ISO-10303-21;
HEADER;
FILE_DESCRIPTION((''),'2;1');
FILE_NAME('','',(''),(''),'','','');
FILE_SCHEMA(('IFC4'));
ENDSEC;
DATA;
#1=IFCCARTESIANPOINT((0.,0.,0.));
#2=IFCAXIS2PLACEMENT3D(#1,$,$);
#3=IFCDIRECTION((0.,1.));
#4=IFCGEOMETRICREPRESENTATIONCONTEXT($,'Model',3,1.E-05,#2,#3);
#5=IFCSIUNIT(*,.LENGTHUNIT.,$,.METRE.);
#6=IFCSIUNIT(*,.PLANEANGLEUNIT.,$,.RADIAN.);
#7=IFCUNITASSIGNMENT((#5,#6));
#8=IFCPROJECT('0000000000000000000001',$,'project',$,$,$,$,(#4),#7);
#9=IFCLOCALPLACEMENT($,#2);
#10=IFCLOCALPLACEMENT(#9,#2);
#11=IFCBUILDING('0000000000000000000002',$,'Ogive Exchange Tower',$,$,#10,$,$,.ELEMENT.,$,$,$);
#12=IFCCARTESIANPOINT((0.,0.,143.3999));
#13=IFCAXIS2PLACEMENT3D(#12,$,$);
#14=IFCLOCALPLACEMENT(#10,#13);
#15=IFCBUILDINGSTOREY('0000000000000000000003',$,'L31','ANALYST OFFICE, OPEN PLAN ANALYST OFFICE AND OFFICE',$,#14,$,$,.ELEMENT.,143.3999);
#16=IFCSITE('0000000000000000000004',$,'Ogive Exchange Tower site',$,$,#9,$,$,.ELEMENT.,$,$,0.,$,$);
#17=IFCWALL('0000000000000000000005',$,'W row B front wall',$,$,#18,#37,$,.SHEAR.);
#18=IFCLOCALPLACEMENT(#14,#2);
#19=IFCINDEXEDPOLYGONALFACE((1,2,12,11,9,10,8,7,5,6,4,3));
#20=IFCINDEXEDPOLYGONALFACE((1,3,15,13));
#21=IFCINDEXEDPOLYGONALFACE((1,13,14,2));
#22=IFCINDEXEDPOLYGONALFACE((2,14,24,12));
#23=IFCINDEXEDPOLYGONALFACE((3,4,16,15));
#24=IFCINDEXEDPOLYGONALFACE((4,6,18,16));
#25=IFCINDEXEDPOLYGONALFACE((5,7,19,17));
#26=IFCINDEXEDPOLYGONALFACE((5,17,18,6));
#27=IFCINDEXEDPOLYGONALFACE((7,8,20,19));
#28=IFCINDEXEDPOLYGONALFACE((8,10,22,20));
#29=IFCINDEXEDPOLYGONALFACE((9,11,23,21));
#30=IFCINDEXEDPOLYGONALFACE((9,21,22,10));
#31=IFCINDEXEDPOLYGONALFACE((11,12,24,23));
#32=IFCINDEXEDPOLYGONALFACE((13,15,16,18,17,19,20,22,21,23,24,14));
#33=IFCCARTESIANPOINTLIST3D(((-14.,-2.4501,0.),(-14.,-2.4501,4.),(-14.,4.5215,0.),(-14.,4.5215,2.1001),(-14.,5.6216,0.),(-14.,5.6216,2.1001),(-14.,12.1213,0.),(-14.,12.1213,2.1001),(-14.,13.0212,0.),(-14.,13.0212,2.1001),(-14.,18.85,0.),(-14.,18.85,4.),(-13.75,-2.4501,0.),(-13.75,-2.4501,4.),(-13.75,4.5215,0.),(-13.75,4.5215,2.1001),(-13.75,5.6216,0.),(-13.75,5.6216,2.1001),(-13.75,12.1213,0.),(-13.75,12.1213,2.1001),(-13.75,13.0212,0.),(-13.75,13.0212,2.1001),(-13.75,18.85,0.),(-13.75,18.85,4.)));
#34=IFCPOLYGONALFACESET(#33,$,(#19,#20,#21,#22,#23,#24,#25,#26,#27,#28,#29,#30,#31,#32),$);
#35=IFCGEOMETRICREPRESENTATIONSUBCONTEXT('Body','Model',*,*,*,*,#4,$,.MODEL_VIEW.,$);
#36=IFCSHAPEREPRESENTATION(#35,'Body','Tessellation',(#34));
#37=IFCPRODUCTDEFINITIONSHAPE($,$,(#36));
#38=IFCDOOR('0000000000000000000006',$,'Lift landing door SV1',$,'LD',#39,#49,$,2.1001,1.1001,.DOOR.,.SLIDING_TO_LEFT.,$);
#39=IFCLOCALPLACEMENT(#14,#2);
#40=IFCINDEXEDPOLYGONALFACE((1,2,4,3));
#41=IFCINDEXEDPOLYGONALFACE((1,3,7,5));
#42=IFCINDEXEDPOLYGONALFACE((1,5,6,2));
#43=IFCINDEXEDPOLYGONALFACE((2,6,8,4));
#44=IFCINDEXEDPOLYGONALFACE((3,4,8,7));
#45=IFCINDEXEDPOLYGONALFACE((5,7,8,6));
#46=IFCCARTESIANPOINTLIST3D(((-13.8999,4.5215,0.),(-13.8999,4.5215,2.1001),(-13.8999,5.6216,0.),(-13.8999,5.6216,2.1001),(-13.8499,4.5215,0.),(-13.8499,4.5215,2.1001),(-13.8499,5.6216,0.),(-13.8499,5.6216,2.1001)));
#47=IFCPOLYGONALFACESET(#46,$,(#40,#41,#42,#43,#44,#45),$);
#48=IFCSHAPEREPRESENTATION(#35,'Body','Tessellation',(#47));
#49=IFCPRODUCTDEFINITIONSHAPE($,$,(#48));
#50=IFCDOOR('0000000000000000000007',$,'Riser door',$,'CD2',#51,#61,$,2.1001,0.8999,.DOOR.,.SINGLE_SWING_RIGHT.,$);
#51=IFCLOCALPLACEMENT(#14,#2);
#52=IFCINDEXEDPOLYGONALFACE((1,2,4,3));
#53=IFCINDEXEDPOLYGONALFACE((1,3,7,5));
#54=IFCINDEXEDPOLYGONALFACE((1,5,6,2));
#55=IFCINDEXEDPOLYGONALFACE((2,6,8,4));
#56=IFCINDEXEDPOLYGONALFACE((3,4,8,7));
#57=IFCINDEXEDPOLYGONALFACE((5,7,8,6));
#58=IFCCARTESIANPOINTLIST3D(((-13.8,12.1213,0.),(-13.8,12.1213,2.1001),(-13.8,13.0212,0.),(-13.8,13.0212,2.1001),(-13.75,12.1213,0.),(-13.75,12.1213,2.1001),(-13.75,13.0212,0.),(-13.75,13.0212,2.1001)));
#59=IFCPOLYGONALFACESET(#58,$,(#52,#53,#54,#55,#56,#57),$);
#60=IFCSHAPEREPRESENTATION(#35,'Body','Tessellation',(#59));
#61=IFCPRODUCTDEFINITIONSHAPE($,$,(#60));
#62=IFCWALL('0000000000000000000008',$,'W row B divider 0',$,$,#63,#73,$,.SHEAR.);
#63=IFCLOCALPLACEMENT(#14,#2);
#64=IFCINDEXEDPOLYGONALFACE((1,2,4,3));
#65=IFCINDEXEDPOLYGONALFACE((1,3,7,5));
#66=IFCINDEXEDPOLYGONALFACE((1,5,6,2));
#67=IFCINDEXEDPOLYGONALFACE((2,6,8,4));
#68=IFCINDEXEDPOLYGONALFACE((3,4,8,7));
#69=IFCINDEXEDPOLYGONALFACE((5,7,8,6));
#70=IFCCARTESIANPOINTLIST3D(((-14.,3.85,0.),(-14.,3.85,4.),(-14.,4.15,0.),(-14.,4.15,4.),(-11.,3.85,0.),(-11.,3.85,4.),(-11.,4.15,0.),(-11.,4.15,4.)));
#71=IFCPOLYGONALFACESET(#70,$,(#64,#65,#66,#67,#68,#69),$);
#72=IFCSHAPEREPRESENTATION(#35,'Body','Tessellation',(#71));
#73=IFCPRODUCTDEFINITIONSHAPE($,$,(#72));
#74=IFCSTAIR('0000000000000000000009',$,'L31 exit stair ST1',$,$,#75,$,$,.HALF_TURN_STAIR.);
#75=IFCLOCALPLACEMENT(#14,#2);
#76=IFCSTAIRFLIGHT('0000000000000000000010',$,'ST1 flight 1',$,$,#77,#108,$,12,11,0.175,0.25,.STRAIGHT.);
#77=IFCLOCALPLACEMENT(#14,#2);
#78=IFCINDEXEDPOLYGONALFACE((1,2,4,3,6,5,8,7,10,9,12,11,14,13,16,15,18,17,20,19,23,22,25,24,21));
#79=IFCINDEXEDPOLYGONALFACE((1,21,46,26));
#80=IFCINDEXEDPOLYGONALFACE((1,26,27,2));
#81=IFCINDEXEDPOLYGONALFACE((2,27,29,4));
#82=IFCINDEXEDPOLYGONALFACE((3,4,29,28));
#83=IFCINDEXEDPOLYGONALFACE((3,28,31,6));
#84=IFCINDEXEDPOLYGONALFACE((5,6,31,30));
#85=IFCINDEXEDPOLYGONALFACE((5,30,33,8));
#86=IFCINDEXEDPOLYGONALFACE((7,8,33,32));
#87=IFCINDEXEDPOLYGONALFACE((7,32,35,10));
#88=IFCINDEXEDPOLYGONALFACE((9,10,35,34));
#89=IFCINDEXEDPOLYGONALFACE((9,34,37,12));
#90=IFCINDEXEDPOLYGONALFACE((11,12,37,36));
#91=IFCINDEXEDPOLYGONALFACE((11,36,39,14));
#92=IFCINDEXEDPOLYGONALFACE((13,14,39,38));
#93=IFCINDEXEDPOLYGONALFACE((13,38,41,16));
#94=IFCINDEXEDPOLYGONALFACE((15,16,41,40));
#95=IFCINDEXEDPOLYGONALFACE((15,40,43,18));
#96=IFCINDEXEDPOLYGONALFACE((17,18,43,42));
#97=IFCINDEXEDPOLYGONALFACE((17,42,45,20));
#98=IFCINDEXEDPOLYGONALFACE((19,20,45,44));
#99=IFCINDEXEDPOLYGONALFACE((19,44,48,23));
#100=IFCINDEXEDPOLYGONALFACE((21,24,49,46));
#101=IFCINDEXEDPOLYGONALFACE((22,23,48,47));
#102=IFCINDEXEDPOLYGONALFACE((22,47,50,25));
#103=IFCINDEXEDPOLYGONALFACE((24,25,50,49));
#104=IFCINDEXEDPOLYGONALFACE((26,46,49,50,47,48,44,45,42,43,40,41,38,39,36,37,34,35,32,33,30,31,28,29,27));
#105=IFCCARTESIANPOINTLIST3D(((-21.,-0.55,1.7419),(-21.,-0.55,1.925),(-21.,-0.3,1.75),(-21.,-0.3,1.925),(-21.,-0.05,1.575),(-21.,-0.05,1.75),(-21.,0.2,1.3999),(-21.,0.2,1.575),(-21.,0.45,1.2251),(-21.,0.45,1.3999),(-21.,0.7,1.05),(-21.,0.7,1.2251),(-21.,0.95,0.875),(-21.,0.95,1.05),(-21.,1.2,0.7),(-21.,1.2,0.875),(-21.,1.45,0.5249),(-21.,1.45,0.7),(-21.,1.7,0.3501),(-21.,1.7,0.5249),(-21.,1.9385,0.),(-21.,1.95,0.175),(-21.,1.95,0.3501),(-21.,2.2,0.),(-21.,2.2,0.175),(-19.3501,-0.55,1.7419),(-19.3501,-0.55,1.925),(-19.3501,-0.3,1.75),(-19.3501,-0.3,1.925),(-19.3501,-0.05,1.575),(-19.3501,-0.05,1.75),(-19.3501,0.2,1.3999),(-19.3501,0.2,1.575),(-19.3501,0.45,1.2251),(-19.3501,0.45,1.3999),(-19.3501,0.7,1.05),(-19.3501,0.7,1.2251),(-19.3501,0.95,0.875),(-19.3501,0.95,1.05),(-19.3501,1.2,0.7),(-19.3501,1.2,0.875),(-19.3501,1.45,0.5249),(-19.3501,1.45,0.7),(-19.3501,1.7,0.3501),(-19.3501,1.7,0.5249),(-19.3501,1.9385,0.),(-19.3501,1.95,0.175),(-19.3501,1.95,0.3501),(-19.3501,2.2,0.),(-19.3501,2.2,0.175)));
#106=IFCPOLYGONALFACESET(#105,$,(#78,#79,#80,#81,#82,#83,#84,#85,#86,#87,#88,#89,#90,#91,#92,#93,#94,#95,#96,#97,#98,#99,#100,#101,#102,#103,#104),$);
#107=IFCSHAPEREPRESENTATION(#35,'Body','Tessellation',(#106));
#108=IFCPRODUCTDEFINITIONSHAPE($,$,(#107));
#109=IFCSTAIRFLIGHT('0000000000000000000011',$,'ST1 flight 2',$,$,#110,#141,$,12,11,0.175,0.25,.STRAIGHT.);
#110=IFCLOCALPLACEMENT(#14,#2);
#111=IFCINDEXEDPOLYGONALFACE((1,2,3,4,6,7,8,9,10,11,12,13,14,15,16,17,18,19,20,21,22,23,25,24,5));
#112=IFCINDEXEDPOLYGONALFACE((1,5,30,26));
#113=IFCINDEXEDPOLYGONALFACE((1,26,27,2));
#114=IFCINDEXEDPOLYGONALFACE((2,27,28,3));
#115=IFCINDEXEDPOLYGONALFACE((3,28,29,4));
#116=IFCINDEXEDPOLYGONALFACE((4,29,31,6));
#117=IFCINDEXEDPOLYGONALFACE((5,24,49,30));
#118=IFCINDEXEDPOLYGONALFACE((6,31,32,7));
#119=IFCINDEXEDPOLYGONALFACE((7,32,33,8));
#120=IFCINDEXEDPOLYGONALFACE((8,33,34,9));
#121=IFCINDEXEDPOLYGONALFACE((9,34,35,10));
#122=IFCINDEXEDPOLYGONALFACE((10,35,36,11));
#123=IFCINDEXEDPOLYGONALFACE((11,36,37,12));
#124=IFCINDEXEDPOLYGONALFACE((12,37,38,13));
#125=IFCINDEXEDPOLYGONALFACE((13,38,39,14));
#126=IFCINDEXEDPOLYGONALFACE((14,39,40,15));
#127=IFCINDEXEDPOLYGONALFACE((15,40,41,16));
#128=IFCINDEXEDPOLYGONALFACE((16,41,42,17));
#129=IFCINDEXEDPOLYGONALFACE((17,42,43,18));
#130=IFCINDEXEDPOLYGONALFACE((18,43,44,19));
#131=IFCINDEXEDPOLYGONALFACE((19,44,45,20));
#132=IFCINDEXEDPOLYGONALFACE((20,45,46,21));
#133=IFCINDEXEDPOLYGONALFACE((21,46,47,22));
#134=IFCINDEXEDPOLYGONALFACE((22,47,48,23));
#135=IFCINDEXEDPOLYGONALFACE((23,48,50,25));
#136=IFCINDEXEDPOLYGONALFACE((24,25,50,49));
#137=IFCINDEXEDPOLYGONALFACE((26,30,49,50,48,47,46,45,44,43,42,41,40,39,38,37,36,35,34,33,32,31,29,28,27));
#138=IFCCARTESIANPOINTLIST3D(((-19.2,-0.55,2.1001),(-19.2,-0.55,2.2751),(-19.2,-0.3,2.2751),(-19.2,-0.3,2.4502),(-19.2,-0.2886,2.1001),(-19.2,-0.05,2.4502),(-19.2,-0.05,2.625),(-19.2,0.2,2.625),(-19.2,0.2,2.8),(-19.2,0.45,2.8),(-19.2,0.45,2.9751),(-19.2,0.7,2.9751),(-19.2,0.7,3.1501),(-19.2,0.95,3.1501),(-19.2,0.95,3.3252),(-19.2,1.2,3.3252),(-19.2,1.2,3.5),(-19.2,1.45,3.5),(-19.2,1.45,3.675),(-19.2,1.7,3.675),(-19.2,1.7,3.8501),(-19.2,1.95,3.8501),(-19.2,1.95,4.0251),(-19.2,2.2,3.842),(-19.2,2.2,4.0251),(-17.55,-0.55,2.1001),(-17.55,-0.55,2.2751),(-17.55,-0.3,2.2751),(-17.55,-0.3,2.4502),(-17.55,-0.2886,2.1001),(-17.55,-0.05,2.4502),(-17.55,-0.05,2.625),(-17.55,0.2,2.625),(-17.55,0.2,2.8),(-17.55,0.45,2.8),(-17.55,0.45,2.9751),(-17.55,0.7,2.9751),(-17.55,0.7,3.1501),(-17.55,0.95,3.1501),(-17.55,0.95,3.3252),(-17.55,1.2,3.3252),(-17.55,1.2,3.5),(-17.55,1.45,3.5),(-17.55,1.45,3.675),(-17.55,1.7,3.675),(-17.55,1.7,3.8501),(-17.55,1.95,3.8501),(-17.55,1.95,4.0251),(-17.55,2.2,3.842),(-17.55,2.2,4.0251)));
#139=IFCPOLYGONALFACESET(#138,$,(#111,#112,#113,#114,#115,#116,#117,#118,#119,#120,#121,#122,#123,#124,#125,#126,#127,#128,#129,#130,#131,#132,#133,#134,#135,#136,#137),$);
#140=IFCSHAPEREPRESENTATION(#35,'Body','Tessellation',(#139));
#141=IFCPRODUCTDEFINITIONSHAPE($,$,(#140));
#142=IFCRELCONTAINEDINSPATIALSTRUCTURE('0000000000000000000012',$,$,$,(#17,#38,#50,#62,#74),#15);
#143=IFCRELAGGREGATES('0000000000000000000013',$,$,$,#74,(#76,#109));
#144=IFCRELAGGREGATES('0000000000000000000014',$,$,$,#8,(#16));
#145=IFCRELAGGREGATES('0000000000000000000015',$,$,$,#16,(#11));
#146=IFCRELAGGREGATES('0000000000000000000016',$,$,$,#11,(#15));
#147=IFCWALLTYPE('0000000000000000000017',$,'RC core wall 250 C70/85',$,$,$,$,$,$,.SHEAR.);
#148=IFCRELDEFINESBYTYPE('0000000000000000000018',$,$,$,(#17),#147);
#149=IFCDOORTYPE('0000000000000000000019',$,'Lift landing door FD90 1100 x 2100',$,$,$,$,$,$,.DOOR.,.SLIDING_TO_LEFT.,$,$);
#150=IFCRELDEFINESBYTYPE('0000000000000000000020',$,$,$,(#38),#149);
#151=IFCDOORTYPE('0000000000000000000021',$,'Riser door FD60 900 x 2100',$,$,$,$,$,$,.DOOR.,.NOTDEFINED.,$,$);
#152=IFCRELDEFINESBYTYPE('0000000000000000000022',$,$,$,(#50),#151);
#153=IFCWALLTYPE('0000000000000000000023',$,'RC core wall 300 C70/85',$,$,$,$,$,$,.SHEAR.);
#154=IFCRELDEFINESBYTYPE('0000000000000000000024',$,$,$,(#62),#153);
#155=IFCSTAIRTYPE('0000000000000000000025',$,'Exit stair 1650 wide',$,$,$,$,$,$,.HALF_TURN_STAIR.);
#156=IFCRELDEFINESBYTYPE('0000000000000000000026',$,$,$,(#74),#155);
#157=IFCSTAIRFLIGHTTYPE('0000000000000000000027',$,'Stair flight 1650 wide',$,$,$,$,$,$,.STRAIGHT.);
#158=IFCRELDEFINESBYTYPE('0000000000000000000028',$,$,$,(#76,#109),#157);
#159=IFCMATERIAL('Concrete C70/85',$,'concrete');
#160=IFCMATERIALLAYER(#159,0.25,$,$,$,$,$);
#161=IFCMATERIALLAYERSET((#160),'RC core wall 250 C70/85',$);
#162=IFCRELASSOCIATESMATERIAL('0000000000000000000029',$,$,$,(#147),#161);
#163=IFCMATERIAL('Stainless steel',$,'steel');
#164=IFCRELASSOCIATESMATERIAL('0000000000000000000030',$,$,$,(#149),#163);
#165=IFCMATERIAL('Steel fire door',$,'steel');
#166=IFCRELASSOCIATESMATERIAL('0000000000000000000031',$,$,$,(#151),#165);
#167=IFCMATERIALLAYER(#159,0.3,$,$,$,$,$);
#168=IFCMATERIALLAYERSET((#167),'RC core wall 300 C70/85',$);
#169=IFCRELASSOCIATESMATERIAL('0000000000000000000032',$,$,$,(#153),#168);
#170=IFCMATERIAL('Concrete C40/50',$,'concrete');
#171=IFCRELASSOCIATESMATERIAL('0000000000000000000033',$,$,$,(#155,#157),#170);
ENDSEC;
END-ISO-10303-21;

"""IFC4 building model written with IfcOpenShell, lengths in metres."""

from ifc_helpers import new_model, si_unit, direction, frame, frame_2d, origin, place, context, subcontext, project, spatial, polyline, rectangle, outline, extrude, material, layer, layer_set, type_object, element, fill, aggregate, save


model = new_model("IFC4")

# Units and contexts
model_context = context("Model", 3, precision=1e-05, world=origin(), true_north=direction((0.0, 1.0)))
body_context = subcontext(model_context, "Body", "Model", "MODEL_VIEW")
ifc_project = project(units=[si_unit("LENGTHUNIT", "METRE"), si_unit("PLANEANGLEUNIT", "RADIAN")], contexts=[model_context])

# Site, building, storey
site_placement = place(None, origin())
site = spatial("IfcSite", under=ifc_project, at=site_placement, Name="Ogive Exchange Tower site", CompositionType="ELEMENT", RefElevation=0.0)
building_placement = place(site_placement, origin())
building = spatial("IfcBuilding", under=site, at=building_placement, Name="Ogive Exchange Tower", CompositionType="ELEMENT")
storey_placement = place(building_placement, frame((0.0, 0.0, 143.3999)))
storey = spatial("IfcBuildingStorey", under=building, at=storey_placement, Name="L31", Description="ANALYST OFFICE, OPEN PLAN ANALYST OFFICE AND OFFICE", CompositionType="ELEMENT", Elevation=143.3999)

# Shared definitions
ifc_material_1 = material(Name="Concrete C70/85", Category="concrete")
ifc_layer_1 = layer(ifc_material_1, 0.25)
ifc_layer_set_1 = layer_set([ifc_layer_1], Name="RC core wall 250 C70/85")
wall_type_1 = type_object("IfcWallType", Name="RC core wall 250 C70/85", PredefinedType="SHEAR", material=ifc_layer_set_1)
ifc_material_2 = material(Name="Steel fire door", Category="steel")

# Wall, openings, doors
ifc_material_3 = material(Name="Stainless steel", Category="steel")
door_type_1 = type_object("IfcDoorType", Name="Lift landing door FD90 1100 x 2100", OperationType="SLIDING_TO_LEFT", PredefinedType="DOOR", material=ifc_material_3)
wall_1_placement = place(storey_placement, frame((-13.875, -2.45, 0.0), z_axis=(0.0, 0.0, 1.0), x_axis=(0.0, 1.0, 0.0)))
wall_1 = element("IfcWall", 1, at=wall_1_placement, inside=storey, type_object=wall_type_1, Name="W row B front wall", PredefinedType="SHEAR", context=body_context, shape_type="SweptSolid", body=[
    extrude(rectangle(XDim=21.3, YDim=0.25, at=frame_2d((10.6499, 0.0))), origin(), (0.0, 0.0, 1.0), 4.0),
])
opening_1_placement = place(wall_1_placement, frame((14.5713, 0.0, 0.0)))
opening_1 = element("IfcOpeningElement", 2, at=opening_1_placement, cuts=wall_1, PredefinedType="OPENING", context=body_context, shape_type="SweptSolid", body=[
    extrude(rectangle(XDim=0.8999, YDim=2.1001, at=frame_2d((0.45, 1.05))), frame((0.0, 0.135, 0.0), z_axis=(0.0, -1.0, 0.0), x_axis=(1.0, 0.0, 0.0)), (0.0, 0.0, 1.0), 0.27),
])
opening_2_placement = place(wall_1_placement, frame((6.9714, 0.0, 0.0)))
opening_2 = element("IfcOpeningElement", 3, at=opening_2_placement, cuts=wall_1, PredefinedType="OPENING", context=body_context, shape_type="SweptSolid", body=[
    extrude(rectangle(XDim=1.1001, YDim=2.1001, at=frame_2d((0.55, 1.05))), frame((0.0, 0.135, 0.0), z_axis=(0.0, -1.0, 0.0), x_axis=(1.0, 0.0, 0.0)), (0.0, 0.0, 1.0), 0.27),
])
door_1_placement = place(opening_2_placement, origin())
door_1 = element("IfcDoor", 4, at=door_1_placement, inside=storey, type_object=door_type_1, Name="Lift landing door SV1", ObjectType="LD", OperationType="SLIDING_TO_LEFT", OverallHeight=2.1001, OverallWidth=1.1001, PredefinedType="DOOR", context=body_context, shape_type="SweptSolid", body=[
    extrude(rectangle(XDim=1.1001, YDim=2.1001, at=frame_2d((0.55, 1.05))), frame((0.0, 0.0249, 0.0), z_axis=(0.0, -1.0, 0.0), x_axis=(1.0, 0.0, 0.0)), (0.0, 0.0, 1.0), 0.05),
])
fill(opening_2, door_1)
door_type_2 = type_object("IfcDoorType", Name="Riser door FD60 900 x 2100", OperationType="NOTDEFINED", PredefinedType="DOOR", material=ifc_material_2)
door_2_placement = place(opening_1_placement, frame((0.8999, -0.2002, 0.0), z_axis=(0.0, 0.0, 1.0), x_axis=(-1.0, 0.0, 0.0)))
door_2 = element("IfcDoor", 5, at=door_2_placement, inside=storey, type_object=door_type_2, Name="Riser door", ObjectType="CD2", OperationType="SINGLE_SWING_RIGHT", OverallHeight=2.1001, OverallWidth=0.8999, PredefinedType="DOOR", context=body_context, shape_type="SweptSolid", body=[
    extrude(rectangle(XDim=0.8999, YDim=2.1001, at=frame_2d((0.45, 1.05))), frame((0.0, -0.0752, 0.0), z_axis=(0.0, -1.0, 0.0), x_axis=(1.0, 0.0, 0.0)), (0.0, 0.0, 1.0), 0.05),
])
fill(opening_1, door_2)

# Wall
ifc_layer_2 = layer(ifc_material_1, 0.3)
ifc_layer_set_2 = layer_set([ifc_layer_2], Name="RC core wall 300 C70/85")
wall_type_2 = type_object("IfcWallType", Name="RC core wall 300 C70/85", PredefinedType="SHEAR", material=ifc_layer_set_2)
wall_2_placement = place(storey_placement, frame((-14.0, 4.0, 0.0), z_axis=(0.0, 0.0, 1.0), x_axis=(1.0, 0.0, 0.0)))
element("IfcWall", 6, at=wall_2_placement, inside=storey, type_object=wall_type_2, Name="W row B divider 0", PredefinedType="SHEAR", context=body_context, shape_type="SweptSolid", body=[
    extrude(rectangle(XDim=3.0, YDim=0.3, at=frame_2d((1.5, 0.0))), origin(), (0.0, 0.0, 1.0), 4.0),
])

# Stair, stair flights
ifc_material_4 = material(Name="Concrete C40/50", Category="concrete")
stair_type = type_object("IfcStairType", Name="Exit stair 1650 wide", PredefinedType="HALF_TURN_STAIR", material=ifc_material_4)
stair_placement = place(storey_placement, origin())
stair = element("IfcStair", 7, at=stair_placement, inside=storey, type_object=stair_type, Name="L31 exit stair ST1", PredefinedType="HALF_TURN_STAIR")
stair_flight_type = type_object("IfcStairFlightType", Name="Stair flight 1650 wide", PredefinedType="STRAIGHT", material=ifc_material_4)
stair_flight_1_placement = place(storey_placement, frame((-20.175, 2.2, 0.0), z_axis=(0.0, 0.0, 1.0), x_axis=(0.0, -1.0, 0.0)))
stair_flight_1 = element("IfcStairFlight", 8, at=stair_flight_1_placement, type_object=stair_flight_type, Name="ST1 flight 1", NumberOfRisers=12, NumberOfTreads=11, PredefinedType="STRAIGHT", RiserHeight=0.175, TreadLength=0.25, context=body_context, shape_type="SweptSolid", body=[
    extrude(outline(polyline([(0.0, 0.0), (0.0, 0.175), (0.25, 0.175), (0.25, 0.3501), (0.5, 0.3501), (0.5, 0.5249), (0.75, 0.5249), (0.75, 0.7), (1.0, 0.7), (1.0, 0.875), (1.25, 0.875), (1.25, 1.05), (1.5, 1.05), (1.5, 1.2251), (1.75, 1.2251), (1.75, 1.3999), (2.0, 1.3999), (2.0, 1.575), (2.25, 1.575), (2.25, 1.75), (2.5, 1.75), (2.5, 1.925), (2.75, 1.925), (2.75, 2.1001), (2.75, 1.7419), (0.2615, 0.0), (0.0, 0.0)])), frame((0.0, 0.825, 0.0), z_axis=(0.0, -1.0, 0.0), x_axis=(1.0, 0.0, 0.0)), (0.0, 0.0, 1.0), 1.6499),
])
stair_flight_2_placement = place(storey_placement, frame((-18.375, -0.55, 2.1001), z_axis=(0.0, 0.0, 1.0), x_axis=(0.0, 1.0, 0.0)))
stair_flight_2 = element("IfcStairFlight", 9, at=stair_flight_2_placement, type_object=stair_flight_type, Name="ST1 flight 2", NumberOfRisers=12, NumberOfTreads=11, PredefinedType="STRAIGHT", RiserHeight=0.175, TreadLength=0.25, context=body_context, shape_type="SweptSolid", body=[
    extrude(outline(polyline([(0.0, 0.0), (0.0, 0.175), (0.25, 0.175), (0.25, 0.3501), (0.5, 0.3501), (0.5, 0.5249), (0.75, 0.5249), (0.75, 0.7), (1.0, 0.7), (1.0, 0.875), (1.25, 0.875), (1.25, 1.05), (1.5, 1.05), (1.5, 1.2251), (1.75, 1.2251), (1.75, 1.3999), (2.0, 1.3999), (2.0, 1.575), (2.25, 1.575), (2.25, 1.75), (2.5, 1.75), (2.5, 1.925), (2.75, 1.925), (2.75, 2.1001), (2.75, 1.7419), (0.2615, 0.0), (0.0, 0.0)])), frame((0.0, 0.825, 0.0), z_axis=(0.0, -1.0, 0.0), x_axis=(1.0, 0.0, 0.0)), (0.0, 0.0, 1.0), 1.6499),
])
aggregate(stair, [stair_flight_1, stair_flight_2])

save(model, "model.ifc")
